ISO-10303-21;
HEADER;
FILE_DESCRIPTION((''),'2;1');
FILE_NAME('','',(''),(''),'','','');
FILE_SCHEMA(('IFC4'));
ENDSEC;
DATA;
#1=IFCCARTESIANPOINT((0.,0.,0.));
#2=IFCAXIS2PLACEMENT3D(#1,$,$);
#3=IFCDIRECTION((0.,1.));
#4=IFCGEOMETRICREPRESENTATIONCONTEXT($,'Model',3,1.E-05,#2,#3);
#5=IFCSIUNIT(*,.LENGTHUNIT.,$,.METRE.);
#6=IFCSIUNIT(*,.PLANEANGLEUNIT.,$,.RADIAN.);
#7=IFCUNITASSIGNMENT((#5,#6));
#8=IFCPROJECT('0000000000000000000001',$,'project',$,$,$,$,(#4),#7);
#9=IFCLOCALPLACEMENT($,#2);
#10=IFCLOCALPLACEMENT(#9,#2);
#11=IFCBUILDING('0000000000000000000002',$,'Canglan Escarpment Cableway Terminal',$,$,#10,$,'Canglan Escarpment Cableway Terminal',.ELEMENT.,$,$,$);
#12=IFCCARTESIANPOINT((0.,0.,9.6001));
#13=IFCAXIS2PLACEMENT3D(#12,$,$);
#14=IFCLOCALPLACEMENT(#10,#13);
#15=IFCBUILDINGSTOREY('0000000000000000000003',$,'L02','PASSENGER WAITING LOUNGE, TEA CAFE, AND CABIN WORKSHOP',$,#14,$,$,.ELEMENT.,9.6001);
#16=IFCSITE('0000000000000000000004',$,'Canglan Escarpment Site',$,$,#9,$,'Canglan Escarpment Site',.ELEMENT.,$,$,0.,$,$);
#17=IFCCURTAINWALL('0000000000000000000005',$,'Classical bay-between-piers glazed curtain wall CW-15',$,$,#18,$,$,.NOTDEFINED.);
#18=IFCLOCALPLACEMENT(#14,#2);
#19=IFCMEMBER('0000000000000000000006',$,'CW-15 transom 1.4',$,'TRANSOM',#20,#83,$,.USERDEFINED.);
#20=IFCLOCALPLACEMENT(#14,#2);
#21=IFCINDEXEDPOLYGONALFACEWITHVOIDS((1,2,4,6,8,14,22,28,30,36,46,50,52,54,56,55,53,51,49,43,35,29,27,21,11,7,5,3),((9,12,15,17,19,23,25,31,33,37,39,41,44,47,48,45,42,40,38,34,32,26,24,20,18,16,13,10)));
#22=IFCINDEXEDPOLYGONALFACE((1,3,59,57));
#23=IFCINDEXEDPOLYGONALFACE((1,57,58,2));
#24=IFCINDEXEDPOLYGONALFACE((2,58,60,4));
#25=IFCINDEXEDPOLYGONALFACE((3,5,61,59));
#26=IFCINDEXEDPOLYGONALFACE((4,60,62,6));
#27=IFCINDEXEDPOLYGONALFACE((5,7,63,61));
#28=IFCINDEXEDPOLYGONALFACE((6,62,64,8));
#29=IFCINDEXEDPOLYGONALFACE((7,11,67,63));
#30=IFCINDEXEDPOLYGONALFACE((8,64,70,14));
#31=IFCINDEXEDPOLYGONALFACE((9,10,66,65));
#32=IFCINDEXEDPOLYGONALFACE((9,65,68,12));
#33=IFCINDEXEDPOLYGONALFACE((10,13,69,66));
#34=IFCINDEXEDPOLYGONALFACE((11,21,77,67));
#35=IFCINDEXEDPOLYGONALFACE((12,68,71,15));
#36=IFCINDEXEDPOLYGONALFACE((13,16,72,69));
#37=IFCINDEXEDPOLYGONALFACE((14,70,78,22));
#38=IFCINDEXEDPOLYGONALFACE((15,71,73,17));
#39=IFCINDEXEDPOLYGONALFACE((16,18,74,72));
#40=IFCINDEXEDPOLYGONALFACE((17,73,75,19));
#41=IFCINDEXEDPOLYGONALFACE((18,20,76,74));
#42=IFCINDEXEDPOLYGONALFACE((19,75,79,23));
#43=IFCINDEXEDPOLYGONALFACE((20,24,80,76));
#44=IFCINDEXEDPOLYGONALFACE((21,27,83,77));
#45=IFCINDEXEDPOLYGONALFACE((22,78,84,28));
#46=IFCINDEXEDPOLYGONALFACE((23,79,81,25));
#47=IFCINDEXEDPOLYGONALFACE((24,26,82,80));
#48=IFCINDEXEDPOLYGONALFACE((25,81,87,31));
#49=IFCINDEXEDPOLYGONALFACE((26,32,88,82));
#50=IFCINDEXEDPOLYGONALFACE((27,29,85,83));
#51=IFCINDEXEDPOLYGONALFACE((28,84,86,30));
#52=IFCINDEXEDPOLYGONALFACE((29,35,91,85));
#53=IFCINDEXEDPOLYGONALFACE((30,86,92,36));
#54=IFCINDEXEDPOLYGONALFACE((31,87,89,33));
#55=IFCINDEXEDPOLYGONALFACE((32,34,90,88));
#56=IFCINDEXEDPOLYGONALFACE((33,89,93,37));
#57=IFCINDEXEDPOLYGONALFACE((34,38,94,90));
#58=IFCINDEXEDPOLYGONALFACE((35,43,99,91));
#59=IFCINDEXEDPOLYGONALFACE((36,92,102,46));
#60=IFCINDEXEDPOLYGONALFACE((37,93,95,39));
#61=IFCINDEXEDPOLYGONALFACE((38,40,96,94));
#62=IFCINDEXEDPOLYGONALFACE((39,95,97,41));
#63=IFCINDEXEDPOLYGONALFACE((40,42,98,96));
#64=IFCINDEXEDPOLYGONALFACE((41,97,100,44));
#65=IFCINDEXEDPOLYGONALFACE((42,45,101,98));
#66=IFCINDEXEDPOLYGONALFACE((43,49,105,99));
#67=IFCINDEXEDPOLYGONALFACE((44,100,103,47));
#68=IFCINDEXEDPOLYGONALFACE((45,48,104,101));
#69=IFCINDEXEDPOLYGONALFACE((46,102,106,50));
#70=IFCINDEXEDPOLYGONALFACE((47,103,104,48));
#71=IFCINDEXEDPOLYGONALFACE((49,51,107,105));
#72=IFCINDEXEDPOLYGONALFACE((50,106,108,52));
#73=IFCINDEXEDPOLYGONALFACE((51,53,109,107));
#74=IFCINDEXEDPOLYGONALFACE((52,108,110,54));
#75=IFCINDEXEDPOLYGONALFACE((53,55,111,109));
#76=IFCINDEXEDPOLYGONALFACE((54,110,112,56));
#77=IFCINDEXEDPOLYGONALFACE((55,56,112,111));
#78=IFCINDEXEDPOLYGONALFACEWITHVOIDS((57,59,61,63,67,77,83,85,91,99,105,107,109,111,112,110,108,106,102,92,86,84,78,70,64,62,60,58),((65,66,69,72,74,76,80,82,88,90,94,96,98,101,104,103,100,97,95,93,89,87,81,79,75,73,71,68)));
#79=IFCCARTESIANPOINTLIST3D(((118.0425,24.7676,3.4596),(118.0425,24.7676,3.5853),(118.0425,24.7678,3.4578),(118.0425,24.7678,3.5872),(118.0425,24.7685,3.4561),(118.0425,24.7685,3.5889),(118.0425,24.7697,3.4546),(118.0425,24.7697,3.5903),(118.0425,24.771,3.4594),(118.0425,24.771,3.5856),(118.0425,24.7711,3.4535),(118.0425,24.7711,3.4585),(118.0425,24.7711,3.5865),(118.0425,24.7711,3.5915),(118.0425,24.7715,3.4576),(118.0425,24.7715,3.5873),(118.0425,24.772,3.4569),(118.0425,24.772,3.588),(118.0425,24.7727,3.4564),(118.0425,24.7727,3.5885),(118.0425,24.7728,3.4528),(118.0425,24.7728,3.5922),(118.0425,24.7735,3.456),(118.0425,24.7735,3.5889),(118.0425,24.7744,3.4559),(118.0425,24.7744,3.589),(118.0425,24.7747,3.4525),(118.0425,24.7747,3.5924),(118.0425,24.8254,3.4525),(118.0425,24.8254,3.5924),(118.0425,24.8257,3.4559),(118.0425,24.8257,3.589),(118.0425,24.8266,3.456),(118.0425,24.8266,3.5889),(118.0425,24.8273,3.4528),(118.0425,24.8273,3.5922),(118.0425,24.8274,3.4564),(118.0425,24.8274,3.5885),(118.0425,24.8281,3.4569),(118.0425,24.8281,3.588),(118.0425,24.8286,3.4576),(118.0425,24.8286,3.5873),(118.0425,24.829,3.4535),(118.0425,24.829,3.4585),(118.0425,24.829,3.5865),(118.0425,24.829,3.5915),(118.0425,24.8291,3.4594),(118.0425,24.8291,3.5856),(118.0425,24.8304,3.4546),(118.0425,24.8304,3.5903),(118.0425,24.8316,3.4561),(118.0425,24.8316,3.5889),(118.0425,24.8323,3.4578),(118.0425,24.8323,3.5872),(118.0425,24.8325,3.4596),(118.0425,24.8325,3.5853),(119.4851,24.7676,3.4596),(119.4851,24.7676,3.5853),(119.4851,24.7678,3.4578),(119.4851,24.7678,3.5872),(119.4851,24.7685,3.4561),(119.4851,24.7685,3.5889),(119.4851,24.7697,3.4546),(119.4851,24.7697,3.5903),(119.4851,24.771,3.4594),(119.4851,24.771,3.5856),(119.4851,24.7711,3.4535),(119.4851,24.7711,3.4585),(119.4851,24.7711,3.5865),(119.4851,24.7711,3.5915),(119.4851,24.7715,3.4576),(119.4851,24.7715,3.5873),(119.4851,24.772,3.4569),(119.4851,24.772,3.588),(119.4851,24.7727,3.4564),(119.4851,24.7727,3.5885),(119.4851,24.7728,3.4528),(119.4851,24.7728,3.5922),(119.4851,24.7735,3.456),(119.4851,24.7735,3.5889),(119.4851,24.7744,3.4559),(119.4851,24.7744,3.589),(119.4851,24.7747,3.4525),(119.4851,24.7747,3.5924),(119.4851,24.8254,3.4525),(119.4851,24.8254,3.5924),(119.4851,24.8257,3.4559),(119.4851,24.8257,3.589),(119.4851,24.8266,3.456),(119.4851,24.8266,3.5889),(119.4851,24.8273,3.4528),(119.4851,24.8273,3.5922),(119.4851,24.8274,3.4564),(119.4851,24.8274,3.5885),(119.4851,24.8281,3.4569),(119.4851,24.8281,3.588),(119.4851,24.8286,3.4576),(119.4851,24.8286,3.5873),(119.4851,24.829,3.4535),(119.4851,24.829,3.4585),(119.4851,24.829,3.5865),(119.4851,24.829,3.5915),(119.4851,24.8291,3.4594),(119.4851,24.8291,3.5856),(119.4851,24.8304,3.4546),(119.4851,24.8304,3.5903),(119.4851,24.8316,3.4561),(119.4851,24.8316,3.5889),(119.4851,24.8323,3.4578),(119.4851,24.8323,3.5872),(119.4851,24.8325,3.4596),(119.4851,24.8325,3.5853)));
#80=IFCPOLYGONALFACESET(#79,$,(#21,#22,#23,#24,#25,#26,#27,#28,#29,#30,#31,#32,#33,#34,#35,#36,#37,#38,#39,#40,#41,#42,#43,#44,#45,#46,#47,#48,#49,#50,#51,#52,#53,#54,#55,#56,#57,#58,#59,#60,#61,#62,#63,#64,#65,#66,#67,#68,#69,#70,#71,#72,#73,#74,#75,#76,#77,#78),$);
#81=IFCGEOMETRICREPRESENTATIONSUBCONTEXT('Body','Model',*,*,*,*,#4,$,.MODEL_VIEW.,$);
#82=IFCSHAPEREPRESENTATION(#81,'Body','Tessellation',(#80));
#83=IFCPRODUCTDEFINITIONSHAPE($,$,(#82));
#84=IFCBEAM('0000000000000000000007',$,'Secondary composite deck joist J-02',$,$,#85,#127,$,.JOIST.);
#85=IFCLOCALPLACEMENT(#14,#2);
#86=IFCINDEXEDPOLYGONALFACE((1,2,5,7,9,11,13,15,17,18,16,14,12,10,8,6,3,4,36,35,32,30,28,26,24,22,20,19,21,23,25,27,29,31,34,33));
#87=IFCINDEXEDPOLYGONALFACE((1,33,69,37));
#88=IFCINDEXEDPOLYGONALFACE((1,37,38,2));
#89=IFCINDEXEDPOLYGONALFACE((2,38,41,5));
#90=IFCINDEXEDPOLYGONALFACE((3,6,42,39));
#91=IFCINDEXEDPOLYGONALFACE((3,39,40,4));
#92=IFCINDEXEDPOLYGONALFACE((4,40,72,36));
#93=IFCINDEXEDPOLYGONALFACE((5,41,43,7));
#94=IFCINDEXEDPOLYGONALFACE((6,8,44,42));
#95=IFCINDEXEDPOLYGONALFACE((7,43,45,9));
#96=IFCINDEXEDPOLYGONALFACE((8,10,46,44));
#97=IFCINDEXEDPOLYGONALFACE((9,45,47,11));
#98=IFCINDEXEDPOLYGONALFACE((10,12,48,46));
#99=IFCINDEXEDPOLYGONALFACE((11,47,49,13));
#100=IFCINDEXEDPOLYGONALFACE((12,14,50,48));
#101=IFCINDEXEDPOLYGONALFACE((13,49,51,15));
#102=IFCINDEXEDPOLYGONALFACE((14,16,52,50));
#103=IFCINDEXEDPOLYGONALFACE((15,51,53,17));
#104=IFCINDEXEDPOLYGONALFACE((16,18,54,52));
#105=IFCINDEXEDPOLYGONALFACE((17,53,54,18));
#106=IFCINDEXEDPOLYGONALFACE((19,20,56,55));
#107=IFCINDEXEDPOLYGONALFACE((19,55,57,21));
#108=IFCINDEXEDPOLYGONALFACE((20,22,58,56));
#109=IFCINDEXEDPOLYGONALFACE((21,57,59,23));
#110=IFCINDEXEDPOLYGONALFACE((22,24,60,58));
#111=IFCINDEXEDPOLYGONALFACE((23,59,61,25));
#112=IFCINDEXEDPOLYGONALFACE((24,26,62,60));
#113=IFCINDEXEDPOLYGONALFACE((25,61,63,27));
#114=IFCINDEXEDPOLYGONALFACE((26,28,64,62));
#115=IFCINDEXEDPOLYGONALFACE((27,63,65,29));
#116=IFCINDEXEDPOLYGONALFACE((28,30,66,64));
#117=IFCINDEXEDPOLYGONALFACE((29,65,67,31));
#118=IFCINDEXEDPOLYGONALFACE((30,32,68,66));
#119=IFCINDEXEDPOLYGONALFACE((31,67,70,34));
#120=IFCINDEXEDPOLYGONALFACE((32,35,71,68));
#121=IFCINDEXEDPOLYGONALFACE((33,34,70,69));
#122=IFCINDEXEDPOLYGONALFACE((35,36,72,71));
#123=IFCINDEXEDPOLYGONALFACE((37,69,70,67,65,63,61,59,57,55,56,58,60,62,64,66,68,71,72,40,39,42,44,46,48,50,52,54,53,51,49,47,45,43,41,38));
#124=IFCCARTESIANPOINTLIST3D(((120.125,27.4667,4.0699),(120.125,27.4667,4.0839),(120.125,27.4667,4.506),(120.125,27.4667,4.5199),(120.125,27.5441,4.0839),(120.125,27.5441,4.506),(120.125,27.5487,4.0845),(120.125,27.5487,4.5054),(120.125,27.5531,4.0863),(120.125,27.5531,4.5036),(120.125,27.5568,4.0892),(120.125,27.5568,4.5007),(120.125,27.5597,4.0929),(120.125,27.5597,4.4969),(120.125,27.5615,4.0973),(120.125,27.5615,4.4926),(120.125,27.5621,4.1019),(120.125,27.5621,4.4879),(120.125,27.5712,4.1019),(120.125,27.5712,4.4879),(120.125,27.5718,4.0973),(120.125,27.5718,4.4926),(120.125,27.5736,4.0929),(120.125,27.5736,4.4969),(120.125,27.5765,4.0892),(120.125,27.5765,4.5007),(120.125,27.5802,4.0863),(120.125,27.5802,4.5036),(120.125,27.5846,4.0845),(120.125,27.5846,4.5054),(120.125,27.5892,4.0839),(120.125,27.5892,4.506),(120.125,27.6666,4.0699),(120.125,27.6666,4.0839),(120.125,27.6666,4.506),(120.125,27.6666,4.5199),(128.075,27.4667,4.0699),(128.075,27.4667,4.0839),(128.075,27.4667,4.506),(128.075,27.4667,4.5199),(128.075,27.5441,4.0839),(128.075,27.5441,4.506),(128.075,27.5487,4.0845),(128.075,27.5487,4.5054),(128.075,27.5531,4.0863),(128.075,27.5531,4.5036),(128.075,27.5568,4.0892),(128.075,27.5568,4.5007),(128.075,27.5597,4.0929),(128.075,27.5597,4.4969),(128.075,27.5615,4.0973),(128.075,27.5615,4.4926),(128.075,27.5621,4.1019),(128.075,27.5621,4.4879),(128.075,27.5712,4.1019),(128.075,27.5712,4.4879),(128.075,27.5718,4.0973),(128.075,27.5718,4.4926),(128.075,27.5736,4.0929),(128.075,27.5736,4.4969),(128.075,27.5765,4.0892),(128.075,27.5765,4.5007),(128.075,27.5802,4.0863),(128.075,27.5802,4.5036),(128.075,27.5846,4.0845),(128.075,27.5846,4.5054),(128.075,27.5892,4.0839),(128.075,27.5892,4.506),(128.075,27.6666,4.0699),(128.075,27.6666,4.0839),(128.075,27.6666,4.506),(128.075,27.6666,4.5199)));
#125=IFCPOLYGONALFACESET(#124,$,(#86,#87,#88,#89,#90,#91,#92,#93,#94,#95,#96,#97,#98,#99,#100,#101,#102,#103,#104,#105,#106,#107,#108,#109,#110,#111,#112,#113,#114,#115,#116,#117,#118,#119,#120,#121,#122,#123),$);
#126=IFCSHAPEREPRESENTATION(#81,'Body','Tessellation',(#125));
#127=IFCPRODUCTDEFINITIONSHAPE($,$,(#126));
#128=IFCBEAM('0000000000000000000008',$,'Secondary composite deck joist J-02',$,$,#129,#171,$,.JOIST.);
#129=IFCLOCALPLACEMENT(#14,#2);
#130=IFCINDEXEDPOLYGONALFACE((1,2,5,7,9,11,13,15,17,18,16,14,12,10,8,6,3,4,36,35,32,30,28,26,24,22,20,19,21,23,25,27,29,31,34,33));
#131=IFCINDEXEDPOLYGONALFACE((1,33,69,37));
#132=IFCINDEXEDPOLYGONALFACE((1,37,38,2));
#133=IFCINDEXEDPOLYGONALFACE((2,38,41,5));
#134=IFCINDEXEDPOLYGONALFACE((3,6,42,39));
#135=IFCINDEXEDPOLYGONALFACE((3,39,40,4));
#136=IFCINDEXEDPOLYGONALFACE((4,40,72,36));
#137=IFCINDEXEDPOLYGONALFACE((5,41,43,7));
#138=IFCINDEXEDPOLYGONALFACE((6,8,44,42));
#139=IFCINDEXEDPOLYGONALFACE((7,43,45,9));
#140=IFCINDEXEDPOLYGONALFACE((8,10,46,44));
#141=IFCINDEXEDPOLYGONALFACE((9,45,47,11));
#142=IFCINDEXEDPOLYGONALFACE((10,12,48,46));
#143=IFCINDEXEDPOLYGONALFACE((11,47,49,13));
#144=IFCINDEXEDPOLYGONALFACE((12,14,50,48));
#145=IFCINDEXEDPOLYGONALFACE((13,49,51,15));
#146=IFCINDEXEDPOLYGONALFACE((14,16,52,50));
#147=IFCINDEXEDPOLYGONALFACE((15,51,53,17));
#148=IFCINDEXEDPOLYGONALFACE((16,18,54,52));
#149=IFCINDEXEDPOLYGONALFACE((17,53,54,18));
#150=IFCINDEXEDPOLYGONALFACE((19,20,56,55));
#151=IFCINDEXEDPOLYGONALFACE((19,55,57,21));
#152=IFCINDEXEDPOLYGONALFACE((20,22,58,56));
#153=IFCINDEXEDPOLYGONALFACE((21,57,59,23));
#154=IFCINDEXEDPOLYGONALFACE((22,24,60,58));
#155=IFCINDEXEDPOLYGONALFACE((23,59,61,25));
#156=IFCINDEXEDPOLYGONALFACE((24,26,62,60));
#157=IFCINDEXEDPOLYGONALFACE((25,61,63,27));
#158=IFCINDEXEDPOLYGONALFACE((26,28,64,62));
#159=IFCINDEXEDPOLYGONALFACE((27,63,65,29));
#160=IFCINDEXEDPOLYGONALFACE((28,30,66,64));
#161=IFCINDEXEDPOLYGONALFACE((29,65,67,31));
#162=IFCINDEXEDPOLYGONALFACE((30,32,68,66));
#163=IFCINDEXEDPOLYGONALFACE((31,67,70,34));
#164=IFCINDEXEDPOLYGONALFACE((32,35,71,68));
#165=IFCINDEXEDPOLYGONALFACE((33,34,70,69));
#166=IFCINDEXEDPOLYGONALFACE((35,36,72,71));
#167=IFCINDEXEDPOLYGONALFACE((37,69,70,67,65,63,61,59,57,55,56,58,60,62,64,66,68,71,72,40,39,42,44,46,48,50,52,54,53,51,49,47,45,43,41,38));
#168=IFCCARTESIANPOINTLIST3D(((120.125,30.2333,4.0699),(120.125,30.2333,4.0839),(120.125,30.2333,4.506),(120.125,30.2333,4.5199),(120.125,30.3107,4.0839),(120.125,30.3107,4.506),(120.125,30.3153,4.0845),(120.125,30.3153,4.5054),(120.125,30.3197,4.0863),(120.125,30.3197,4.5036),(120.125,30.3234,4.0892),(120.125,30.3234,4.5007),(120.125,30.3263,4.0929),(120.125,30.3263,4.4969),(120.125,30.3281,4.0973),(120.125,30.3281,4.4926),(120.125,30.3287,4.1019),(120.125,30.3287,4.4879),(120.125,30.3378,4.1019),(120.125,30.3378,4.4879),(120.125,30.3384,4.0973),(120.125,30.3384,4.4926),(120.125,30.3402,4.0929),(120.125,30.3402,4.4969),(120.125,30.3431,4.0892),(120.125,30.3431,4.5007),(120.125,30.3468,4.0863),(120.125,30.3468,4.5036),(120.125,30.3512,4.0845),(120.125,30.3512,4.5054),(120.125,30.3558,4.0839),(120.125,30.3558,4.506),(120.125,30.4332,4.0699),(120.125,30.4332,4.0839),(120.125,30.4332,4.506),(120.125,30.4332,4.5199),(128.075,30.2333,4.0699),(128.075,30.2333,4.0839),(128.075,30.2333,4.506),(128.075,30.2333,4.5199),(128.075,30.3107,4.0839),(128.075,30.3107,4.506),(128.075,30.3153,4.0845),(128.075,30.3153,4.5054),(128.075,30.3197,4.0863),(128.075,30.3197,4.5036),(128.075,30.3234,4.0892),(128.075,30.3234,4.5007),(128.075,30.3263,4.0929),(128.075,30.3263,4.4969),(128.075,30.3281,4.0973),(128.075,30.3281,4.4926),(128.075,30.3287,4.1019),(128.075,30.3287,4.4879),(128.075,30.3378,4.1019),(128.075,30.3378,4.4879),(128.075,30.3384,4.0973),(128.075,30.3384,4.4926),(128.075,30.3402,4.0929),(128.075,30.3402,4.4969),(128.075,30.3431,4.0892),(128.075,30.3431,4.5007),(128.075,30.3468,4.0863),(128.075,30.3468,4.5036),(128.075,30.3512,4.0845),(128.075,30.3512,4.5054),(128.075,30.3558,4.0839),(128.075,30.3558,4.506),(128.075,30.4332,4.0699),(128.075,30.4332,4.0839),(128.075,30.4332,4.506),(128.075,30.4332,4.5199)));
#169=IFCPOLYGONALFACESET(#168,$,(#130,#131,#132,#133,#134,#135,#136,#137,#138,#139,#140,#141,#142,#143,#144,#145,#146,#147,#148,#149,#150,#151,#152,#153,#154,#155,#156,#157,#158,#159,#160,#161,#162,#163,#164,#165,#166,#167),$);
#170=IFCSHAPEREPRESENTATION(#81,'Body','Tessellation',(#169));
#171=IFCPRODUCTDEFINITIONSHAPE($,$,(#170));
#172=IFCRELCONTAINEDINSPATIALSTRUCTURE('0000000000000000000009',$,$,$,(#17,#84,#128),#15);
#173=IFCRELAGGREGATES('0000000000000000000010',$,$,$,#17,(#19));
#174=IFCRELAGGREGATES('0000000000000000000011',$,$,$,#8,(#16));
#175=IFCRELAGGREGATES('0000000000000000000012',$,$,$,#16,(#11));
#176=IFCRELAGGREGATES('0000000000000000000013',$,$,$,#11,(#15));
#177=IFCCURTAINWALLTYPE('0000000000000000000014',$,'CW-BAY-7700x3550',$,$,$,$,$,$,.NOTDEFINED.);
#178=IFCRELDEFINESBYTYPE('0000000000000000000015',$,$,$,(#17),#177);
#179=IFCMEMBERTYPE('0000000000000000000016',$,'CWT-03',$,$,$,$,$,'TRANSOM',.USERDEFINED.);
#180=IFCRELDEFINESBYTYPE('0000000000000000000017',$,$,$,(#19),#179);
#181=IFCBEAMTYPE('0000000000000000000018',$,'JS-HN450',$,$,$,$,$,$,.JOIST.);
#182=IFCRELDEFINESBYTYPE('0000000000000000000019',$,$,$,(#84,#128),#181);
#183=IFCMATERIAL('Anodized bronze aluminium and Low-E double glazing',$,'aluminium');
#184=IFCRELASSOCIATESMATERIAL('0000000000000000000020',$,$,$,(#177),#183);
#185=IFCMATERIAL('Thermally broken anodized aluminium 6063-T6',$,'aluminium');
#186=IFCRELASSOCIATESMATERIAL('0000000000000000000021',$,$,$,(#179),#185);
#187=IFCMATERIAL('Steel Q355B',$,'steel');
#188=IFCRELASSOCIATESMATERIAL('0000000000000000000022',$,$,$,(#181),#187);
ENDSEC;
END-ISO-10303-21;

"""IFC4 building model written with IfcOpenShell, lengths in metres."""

from ifc_helpers import new_model, si_unit, direction, frame, origin, origin_2d, place, context, subcontext, project, spatial, hollow_rectangle, i_section, extrude, material, material_profile, profile_set, type_object, element, aggregate, save


model = new_model("IFC4")

# Units and contexts
model_context = context("Model", 3, precision=1e-05, world=origin(), true_north=direction((0.0, 1.0)))
body_context = subcontext(model_context, "Body", "Model", "MODEL_VIEW")
ifc_project = project(units=[si_unit("LENGTHUNIT", "METRE"), si_unit("PLANEANGLEUNIT", "RADIAN")], contexts=[model_context])

# Site, building, storey
site_placement = place(None, origin())
site = spatial("IfcSite", under=ifc_project, at=site_placement, Name="Canglan Escarpment Site", LongName="Canglan Escarpment Site", CompositionType="ELEMENT", RefElevation=0.0)
building_placement = place(site_placement, origin())
building = spatial("IfcBuilding", under=site, at=building_placement, Name="Canglan Escarpment Cableway Terminal", LongName="Canglan Escarpment Cableway Terminal", CompositionType="ELEMENT")
storey_placement = place(building_placement, frame((0.0, 0.0, 9.6001)))
storey = spatial("IfcBuildingStorey", under=building, at=storey_placement, Name="L02", Description="PASSENGER WAITING LOUNGE, TEA CAFE, AND CABIN WORKSHOP", CompositionType="ELEMENT", Elevation=9.6001)

# Shared definitions
ifc_material_1 = material(Name="Anodized bronze aluminium and Low-E double glazing", Category="aluminium")
ifc_material_2 = material(Name="Thermally broken anodized aluminium 6063-T6", Category="aluminium")

# Curtain wall
curtain_wall_type_1 = type_object("IfcCurtainWallType", Name="CW-BAY-7700x3550", PredefinedType="NOTDEFINED", material=ifc_material_1)
curtain_wall_1_placement = place(storey_placement, origin())
curtain_wall_1 = element("IfcCurtainWall", 1, at=curtain_wall_1_placement, inside=storey, type_object=curtain_wall_type_1, Name="Classical bay-between-piers glazed curtain wall CW-15", PredefinedType="NOTDEFINED")

# Member
ifc_material_profile_1 = material_profile(ifc_material_2, hollow_rectangle(XDim=0.0649, YDim=0.1399, WallThickness=0.0034, InnerFilletRadius=0.0034, OuterFilletRadius=0.0071, at=origin_2d()), Name="ALU-TRAN 65x140x3.5")
ifc_profile_set_1 = profile_set([ifc_material_profile_1], Name="Thermally broken anodized aluminium 6063-T6")
member_type_1 = type_object("IfcMemberType", Name="CWT-03", ElementType="TRANSOM", PredefinedType="USERDEFINED", material=ifc_profile_set_1)
member_1_placement = place(storey_placement, frame((119.4851, 24.8, 3.5225), z_axis=(-1.0, 0.0, 0.0), x_axis=(0.0, -1.0, 0.0)))
member_1 = element("IfcMember", 2, at=member_1_placement, type_object=member_type_1, Name="CW-15 transom 1.4", ObjectType="TRANSOM", PredefinedType="USERDEFINED", context=body_context, shape_type="SweptSolid", body=[
    extrude(hollow_rectangle(XDim=0.0649, YDim=0.1399, WallThickness=0.0034, InnerFilletRadius=0.0034, OuterFilletRadius=0.0071, at=origin_2d()), origin(), (0.0, 0.0, 1.0), 1.4426),
])
aggregate(curtain_wall_1, [member_1])

# Beams
ifc_material_3 = material(Name="Steel Q355B", Category="steel")
ifc_material_profile_2 = material_profile(ifc_material_3, i_section(OverallWidth=0.2, OverallDepth=0.45, WebThickness=0.009, FlangeThickness=0.0139, FilletRadius=0.0181, at=origin_2d()), Name="HN 450x200x9x14")
ifc_profile_set_2 = profile_set([ifc_material_profile_2], Name="Steel Q355B")
beam_type_1 = type_object("IfcBeamType", Name="JS-HN450", PredefinedType="JOIST", material=ifc_profile_set_2)
for number, where, z_axis, x_axis, name in (
    (3, (120.125, 27.5667, 4.2949), (1.0, 0.0, 0.0), (0.0, 1.0, 0.0), "Secondary composite deck joist J-02"),
    (4, (120.125, 30.3333, 4.2949), (1.0, 0.0, 0.0), (0.0, 1.0, 0.0), "Secondary composite deck joist J-02"),
):
    element("IfcBeam", number, at=place(storey_placement, frame(where, z_axis=z_axis, x_axis=x_axis)), inside=storey, type_object=beam_type_1, Name=name, PredefinedType="JOIST", context=body_context, shape_type="SweptSolid", body=[
        extrude(i_section(OverallWidth=0.2, OverallDepth=0.45, WebThickness=0.009, FlangeThickness=0.0139, FilletRadius=0.0181, at=origin_2d()), origin(), (0.0, 0.0, 1.0), 7.95),
    ])

save(model, "model.ifc")
